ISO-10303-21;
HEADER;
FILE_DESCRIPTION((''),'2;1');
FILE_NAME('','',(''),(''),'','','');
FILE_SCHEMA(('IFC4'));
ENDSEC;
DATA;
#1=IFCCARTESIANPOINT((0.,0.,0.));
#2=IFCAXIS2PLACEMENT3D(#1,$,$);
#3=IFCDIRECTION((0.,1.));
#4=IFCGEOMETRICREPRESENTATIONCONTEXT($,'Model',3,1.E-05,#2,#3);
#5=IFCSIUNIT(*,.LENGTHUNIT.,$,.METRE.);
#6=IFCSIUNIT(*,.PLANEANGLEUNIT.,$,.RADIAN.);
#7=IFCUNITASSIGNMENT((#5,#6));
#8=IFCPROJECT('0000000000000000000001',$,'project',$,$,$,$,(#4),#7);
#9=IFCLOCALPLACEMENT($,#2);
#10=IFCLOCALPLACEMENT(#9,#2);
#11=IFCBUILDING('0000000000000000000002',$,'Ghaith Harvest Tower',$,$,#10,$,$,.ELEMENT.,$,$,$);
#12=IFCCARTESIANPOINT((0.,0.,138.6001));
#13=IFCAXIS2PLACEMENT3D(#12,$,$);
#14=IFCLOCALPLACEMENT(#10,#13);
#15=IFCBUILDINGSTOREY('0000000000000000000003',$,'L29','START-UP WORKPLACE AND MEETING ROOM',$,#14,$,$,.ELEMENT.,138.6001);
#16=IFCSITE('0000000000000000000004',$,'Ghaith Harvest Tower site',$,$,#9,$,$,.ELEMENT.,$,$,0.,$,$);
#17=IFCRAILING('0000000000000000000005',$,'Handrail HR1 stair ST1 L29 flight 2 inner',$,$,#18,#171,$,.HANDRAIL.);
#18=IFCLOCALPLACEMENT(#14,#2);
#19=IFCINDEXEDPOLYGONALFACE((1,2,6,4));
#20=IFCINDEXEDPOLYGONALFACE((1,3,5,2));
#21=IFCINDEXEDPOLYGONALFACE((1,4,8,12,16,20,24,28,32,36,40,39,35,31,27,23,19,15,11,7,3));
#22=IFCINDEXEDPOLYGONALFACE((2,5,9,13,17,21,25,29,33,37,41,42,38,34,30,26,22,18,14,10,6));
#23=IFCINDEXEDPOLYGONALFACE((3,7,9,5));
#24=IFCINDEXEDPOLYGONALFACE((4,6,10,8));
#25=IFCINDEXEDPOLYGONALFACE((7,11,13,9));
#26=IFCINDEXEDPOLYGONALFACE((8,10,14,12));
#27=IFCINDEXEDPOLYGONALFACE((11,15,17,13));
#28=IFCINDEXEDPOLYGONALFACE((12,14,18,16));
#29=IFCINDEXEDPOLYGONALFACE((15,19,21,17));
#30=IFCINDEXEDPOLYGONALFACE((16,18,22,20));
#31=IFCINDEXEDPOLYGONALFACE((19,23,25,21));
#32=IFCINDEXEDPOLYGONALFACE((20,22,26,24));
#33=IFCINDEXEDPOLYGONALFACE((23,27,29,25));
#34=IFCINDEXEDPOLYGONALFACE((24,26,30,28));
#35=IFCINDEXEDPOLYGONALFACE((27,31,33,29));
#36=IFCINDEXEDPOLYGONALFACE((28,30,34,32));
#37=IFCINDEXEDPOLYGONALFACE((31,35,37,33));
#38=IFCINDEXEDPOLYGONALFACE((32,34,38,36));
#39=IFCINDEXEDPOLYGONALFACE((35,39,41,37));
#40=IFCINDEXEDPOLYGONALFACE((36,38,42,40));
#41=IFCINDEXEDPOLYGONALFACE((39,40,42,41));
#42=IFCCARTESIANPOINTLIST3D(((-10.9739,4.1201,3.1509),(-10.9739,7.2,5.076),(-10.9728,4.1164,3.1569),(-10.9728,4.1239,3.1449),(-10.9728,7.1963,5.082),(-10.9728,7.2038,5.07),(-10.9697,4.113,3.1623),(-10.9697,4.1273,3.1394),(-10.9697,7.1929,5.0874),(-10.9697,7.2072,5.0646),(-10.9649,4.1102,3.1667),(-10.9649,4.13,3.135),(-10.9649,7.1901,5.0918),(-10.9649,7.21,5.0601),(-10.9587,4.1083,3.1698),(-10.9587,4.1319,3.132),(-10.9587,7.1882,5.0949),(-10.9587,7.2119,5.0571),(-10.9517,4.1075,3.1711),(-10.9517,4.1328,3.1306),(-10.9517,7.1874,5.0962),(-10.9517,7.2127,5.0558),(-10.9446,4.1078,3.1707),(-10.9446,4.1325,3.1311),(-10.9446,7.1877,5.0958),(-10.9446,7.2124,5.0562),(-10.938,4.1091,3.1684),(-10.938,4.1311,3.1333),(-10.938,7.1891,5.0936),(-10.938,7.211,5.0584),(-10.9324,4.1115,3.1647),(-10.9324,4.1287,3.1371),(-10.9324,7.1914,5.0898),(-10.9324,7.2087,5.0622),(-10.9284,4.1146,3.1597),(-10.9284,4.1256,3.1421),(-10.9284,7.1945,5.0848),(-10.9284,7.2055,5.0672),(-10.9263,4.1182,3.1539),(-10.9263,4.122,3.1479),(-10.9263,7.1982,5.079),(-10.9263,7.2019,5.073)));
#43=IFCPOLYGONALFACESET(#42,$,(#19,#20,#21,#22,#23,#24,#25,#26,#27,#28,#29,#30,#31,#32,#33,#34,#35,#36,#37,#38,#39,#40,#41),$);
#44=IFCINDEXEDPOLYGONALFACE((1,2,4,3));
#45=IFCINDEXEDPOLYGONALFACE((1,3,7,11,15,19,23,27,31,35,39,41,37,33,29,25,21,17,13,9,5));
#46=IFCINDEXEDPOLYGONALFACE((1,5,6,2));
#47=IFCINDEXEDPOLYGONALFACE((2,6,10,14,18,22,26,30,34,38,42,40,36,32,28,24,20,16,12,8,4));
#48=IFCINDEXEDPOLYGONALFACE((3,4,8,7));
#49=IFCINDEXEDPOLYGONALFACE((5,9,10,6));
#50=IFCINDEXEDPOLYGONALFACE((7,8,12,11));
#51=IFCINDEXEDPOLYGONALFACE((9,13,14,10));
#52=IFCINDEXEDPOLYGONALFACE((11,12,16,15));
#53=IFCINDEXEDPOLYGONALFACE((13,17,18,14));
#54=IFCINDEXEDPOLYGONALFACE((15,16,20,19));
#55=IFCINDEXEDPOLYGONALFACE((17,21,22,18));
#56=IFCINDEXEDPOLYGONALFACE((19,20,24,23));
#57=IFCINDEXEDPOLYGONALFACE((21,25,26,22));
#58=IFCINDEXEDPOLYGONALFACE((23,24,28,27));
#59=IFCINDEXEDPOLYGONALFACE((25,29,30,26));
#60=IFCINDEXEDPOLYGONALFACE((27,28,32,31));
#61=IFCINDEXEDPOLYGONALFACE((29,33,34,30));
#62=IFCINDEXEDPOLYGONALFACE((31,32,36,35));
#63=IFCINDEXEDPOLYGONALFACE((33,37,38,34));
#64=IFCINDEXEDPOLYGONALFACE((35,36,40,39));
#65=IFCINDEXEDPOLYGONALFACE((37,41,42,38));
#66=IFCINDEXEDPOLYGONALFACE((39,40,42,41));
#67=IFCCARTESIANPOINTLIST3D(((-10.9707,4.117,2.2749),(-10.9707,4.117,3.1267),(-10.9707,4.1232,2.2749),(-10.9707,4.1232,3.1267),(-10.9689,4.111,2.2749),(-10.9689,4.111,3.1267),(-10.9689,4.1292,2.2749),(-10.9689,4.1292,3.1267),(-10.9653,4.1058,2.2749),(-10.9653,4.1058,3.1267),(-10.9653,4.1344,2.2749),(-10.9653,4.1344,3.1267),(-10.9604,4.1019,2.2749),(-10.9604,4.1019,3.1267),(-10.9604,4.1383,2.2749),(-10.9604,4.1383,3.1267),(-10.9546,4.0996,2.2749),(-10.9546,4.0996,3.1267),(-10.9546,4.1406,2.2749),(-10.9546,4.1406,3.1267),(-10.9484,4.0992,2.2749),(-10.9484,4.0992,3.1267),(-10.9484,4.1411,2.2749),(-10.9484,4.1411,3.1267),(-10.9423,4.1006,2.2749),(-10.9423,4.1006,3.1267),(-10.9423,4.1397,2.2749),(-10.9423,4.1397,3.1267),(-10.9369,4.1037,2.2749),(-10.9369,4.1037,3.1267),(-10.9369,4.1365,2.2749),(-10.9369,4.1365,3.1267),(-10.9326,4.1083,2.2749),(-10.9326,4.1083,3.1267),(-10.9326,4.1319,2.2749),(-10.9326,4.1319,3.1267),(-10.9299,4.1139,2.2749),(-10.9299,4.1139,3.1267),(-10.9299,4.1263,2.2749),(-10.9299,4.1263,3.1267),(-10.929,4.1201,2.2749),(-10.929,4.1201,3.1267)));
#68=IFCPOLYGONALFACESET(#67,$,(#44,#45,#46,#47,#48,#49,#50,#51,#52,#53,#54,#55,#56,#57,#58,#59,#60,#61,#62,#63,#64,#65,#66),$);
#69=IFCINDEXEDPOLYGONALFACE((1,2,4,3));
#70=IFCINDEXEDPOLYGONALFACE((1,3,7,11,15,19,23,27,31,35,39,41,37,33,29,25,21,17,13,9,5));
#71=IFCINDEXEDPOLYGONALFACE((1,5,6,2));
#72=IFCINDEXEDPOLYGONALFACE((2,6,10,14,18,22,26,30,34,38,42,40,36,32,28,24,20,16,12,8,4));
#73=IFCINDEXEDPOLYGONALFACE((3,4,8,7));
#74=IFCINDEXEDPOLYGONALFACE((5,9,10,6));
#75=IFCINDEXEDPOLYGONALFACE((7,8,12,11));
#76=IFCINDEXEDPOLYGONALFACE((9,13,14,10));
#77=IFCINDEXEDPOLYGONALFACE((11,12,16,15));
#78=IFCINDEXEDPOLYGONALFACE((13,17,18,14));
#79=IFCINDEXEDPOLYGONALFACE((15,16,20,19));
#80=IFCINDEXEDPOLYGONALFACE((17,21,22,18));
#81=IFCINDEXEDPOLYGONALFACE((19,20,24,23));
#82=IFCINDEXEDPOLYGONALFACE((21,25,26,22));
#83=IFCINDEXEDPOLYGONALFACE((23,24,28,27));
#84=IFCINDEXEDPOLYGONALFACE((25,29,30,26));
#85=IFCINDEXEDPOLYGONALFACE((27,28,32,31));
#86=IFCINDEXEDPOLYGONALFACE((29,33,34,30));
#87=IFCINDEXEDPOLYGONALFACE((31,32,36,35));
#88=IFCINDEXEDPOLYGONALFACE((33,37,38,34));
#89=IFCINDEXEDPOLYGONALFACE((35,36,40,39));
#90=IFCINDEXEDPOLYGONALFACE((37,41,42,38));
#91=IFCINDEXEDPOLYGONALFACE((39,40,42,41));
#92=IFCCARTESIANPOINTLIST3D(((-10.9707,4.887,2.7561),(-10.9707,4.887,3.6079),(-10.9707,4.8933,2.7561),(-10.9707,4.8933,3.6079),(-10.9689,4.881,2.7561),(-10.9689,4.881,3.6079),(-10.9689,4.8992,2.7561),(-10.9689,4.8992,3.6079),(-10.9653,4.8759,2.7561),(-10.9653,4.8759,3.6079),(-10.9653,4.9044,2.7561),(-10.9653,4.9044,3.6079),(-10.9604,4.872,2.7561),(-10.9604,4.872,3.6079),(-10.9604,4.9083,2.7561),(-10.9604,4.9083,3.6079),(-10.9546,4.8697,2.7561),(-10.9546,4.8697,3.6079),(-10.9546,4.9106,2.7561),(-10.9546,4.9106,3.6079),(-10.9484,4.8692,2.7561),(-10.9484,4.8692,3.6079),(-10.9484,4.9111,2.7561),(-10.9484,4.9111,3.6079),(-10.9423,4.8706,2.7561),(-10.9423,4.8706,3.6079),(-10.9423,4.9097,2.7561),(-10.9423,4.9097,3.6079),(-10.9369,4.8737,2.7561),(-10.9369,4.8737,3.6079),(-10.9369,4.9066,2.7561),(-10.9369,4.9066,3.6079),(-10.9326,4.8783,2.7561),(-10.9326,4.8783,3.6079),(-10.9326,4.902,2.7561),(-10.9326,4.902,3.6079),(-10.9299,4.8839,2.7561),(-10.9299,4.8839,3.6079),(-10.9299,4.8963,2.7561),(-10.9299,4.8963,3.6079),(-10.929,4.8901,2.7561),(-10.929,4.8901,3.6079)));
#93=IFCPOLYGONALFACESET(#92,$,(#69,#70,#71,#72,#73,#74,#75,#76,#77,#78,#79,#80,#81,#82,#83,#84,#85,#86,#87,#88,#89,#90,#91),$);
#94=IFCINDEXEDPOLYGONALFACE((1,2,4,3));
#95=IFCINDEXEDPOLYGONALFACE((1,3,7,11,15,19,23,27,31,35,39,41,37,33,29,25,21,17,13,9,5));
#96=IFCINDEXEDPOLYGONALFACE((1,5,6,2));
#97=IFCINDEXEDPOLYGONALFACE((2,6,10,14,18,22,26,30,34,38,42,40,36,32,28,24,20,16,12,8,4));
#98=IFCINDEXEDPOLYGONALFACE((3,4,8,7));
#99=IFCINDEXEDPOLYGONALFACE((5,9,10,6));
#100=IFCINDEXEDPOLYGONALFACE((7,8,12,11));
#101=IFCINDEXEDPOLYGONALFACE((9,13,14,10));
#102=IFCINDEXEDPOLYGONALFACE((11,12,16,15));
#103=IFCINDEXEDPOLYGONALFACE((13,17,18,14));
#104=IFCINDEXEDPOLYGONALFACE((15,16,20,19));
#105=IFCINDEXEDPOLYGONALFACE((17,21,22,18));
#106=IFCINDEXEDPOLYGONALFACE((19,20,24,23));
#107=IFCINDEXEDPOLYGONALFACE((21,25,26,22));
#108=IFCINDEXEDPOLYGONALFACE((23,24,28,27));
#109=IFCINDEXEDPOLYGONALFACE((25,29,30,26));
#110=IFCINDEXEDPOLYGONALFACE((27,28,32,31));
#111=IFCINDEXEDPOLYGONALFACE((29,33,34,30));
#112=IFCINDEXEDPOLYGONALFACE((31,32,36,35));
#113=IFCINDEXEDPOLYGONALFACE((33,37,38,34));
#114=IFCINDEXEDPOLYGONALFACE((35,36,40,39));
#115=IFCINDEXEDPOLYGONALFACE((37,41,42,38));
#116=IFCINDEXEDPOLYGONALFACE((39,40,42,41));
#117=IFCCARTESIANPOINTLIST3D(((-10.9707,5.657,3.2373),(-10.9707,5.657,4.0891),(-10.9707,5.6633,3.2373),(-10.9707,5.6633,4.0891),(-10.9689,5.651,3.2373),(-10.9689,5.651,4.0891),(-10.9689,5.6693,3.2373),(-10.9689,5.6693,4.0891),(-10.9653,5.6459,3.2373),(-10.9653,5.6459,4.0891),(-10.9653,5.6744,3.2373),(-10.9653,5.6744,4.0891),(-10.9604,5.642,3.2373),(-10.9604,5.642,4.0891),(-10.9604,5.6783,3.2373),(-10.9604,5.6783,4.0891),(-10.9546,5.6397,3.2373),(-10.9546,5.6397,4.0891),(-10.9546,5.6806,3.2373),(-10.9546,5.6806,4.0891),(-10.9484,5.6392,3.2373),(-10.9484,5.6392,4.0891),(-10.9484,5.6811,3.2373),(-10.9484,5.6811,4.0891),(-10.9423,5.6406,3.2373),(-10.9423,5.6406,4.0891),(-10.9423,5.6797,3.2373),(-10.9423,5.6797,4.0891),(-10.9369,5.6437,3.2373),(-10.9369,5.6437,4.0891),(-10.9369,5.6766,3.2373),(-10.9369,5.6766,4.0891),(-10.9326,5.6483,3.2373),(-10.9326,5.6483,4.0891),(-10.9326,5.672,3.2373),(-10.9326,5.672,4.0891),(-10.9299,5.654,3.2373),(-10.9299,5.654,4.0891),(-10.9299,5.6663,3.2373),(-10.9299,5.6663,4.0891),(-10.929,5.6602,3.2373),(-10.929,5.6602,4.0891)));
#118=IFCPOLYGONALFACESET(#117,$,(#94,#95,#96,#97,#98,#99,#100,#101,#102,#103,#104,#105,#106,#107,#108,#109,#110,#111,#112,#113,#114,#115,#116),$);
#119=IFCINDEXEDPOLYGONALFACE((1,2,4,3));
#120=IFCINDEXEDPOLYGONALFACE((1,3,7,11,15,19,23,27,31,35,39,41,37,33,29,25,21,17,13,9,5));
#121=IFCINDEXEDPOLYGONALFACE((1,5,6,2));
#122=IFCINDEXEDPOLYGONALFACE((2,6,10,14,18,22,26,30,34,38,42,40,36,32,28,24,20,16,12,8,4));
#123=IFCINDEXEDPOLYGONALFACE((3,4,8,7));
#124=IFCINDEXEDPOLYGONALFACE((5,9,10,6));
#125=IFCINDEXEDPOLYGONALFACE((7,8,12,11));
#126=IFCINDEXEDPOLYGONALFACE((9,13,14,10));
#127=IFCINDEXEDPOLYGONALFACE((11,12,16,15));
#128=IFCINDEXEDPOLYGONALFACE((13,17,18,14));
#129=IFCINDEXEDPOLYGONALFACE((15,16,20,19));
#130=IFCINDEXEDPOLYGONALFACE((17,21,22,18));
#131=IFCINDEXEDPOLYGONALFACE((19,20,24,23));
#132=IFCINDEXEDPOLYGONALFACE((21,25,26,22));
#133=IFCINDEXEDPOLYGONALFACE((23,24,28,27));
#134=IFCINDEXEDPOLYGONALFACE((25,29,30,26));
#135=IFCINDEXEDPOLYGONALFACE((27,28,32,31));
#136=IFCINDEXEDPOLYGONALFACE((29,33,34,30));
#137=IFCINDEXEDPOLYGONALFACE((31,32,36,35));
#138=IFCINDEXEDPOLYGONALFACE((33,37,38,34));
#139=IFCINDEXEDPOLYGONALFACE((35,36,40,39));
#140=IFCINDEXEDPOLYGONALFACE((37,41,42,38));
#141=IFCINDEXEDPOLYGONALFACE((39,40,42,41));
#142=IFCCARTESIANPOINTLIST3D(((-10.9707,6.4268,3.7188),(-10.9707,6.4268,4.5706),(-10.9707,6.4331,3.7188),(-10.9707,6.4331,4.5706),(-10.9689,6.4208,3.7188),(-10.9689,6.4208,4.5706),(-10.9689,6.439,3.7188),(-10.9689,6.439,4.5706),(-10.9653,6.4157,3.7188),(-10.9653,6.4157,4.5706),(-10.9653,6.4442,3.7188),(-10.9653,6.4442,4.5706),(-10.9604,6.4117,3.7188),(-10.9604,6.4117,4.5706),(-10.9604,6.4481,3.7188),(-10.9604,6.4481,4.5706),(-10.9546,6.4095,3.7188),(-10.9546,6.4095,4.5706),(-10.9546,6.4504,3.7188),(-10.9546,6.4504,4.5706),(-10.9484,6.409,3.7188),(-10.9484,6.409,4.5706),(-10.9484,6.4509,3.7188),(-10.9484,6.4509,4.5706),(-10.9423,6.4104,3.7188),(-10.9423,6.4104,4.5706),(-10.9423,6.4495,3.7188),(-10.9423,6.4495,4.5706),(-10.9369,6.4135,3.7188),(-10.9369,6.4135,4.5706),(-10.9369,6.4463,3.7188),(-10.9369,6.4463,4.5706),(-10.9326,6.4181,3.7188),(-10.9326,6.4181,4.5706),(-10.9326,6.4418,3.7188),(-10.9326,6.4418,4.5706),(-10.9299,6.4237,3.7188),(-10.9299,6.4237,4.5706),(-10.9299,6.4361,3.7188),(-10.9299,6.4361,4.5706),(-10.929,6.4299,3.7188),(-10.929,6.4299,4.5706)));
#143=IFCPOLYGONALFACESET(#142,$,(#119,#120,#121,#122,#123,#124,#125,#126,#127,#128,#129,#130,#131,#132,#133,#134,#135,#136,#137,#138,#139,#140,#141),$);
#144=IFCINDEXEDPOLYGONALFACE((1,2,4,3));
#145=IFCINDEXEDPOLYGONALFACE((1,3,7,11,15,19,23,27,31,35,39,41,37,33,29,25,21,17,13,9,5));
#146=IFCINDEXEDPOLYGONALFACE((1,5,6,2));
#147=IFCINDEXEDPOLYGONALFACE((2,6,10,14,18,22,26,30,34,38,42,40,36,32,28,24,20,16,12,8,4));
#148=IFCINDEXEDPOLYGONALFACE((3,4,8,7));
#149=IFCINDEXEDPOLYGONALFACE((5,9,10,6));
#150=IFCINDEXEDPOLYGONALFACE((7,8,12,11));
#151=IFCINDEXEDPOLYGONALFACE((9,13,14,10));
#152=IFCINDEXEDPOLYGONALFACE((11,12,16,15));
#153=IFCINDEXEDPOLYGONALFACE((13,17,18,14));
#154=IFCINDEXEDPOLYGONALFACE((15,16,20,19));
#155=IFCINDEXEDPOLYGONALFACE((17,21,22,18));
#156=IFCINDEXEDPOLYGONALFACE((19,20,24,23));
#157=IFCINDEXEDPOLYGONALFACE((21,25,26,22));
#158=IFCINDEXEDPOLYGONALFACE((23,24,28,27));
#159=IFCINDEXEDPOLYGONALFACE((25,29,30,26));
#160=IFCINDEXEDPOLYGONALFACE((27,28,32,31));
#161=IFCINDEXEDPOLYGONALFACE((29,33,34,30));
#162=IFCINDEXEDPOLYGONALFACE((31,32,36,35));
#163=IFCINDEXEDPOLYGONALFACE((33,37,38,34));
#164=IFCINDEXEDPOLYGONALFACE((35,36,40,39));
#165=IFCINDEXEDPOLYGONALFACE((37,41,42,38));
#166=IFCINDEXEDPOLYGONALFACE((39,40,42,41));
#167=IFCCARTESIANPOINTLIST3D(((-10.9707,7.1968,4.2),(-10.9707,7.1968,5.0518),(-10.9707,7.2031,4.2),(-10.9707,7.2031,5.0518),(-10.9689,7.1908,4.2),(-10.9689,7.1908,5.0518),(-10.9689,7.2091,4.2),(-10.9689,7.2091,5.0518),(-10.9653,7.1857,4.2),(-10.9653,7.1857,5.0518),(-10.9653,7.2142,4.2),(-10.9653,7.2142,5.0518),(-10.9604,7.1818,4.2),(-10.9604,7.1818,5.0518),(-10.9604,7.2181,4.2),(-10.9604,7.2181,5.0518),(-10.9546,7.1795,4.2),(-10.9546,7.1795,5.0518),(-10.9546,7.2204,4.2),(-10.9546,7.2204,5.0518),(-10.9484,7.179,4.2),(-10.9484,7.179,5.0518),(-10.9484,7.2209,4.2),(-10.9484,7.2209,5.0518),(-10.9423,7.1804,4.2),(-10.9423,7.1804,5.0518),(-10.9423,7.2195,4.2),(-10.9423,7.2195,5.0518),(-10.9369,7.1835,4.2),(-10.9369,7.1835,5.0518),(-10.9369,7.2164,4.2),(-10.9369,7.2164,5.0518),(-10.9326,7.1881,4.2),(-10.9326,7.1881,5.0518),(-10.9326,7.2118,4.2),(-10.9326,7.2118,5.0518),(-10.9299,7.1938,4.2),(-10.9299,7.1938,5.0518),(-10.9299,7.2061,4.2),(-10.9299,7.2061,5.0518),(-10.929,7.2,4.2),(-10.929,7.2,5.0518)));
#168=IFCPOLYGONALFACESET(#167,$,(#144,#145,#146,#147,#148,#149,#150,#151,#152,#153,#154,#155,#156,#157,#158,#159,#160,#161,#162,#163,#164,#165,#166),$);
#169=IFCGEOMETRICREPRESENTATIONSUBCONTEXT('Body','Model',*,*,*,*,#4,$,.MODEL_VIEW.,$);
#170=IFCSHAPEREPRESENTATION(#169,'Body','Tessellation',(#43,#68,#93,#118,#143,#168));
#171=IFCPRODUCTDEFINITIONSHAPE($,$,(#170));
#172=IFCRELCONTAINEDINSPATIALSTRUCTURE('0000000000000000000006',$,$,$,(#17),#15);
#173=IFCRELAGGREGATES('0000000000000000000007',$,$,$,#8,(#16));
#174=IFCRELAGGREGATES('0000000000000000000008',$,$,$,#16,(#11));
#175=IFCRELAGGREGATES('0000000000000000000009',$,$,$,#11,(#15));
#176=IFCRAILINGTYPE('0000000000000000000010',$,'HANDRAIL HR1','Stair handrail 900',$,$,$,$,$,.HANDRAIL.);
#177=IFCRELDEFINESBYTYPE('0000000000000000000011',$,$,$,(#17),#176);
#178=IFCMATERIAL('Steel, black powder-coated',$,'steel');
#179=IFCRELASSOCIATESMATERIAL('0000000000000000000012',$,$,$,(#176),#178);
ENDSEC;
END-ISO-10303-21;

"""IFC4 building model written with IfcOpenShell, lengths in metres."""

from ifc_helpers import new_model, si_unit, direction, frame, origin, origin_2d, place, context, subcontext, project, spatial, circle, extrude, material, type_object, element, save


model = new_model("IFC4")

# Units and contexts
model_context = context("Model", 3, precision=1e-05, world=origin(), true_north=direction((0.0, 1.0)))
body_context = subcontext(model_context, "Body", "Model", "MODEL_VIEW")
ifc_project = project(units=[si_unit("LENGTHUNIT", "METRE"), si_unit("PLANEANGLEUNIT", "RADIAN")], contexts=[model_context])

# Site, building, storey
site_placement = place(None, origin())
site = spatial("IfcSite", under=ifc_project, at=site_placement, Name="Ghaith Harvest Tower site", CompositionType="ELEMENT", RefElevation=0.0)
building_placement = place(site_placement, origin())
building = spatial("IfcBuilding", under=site, at=building_placement, Name="Ghaith Harvest Tower", CompositionType="ELEMENT")
storey_placement = place(building_placement, frame((0.0, 0.0, 138.6001)))
storey = spatial("IfcBuildingStorey", under=building, at=storey_placement, Name="L29", Description="START-UP WORKPLACE AND MEETING ROOM", CompositionType="ELEMENT", Elevation=138.6001)

# Railing
ifc_material_1 = material(Name="Steel, black powder-coated", Category="steel")
railing_type = type_object("IfcRailingType", Name="HANDRAIL HR1", Description="Stair handrail 900", PredefinedType="HANDRAIL", material=ifc_material_1)
railing_1_placement = place(storey_placement, frame((-10.95, 4.1201, 2.2749)))
element("IfcRailing", 1, at=railing_1_placement, inside=storey, type_object=railing_type, Name="Handrail HR1 stair ST1 L29 flight 2 inner", PredefinedType="HANDRAIL", context=body_context, shape_type="SweptSolid", body=[
    extrude(circle(Radius=0.0239, at=origin_2d()), frame((0.0, 0.0, 0.876), z_axis=(0.0, 0.847979, 0.530029), x_axis=(-1.0, 0.0, 0.0)), (0.0, 0.0, 1.0), 3.6321),
    extrude(circle(Radius=0.021, at=origin_2d()), origin(), (0.0, 0.0, 1.0), 0.8518),
    extrude(circle(Radius=0.021, at=origin_2d()), frame((0.0, 0.77, 0.4812)), (0.0, 0.0, 1.0), 0.8518),
    extrude(circle(Radius=0.021, at=origin_2d()), frame((0.0, 1.54, 0.9624)), (0.0, 0.0, 1.0), 0.8518),
    extrude(circle(Radius=0.021, at=origin_2d()), frame((0.0, 2.3098, 1.4438)), (0.0, 0.0, 1.0), 0.8518),
    extrude(circle(Radius=0.021, at=origin_2d()), frame((0.0, 3.0798, 1.925)), (0.0, 0.0, 1.0), 0.8518),
])

save(model, "model.ifc")
